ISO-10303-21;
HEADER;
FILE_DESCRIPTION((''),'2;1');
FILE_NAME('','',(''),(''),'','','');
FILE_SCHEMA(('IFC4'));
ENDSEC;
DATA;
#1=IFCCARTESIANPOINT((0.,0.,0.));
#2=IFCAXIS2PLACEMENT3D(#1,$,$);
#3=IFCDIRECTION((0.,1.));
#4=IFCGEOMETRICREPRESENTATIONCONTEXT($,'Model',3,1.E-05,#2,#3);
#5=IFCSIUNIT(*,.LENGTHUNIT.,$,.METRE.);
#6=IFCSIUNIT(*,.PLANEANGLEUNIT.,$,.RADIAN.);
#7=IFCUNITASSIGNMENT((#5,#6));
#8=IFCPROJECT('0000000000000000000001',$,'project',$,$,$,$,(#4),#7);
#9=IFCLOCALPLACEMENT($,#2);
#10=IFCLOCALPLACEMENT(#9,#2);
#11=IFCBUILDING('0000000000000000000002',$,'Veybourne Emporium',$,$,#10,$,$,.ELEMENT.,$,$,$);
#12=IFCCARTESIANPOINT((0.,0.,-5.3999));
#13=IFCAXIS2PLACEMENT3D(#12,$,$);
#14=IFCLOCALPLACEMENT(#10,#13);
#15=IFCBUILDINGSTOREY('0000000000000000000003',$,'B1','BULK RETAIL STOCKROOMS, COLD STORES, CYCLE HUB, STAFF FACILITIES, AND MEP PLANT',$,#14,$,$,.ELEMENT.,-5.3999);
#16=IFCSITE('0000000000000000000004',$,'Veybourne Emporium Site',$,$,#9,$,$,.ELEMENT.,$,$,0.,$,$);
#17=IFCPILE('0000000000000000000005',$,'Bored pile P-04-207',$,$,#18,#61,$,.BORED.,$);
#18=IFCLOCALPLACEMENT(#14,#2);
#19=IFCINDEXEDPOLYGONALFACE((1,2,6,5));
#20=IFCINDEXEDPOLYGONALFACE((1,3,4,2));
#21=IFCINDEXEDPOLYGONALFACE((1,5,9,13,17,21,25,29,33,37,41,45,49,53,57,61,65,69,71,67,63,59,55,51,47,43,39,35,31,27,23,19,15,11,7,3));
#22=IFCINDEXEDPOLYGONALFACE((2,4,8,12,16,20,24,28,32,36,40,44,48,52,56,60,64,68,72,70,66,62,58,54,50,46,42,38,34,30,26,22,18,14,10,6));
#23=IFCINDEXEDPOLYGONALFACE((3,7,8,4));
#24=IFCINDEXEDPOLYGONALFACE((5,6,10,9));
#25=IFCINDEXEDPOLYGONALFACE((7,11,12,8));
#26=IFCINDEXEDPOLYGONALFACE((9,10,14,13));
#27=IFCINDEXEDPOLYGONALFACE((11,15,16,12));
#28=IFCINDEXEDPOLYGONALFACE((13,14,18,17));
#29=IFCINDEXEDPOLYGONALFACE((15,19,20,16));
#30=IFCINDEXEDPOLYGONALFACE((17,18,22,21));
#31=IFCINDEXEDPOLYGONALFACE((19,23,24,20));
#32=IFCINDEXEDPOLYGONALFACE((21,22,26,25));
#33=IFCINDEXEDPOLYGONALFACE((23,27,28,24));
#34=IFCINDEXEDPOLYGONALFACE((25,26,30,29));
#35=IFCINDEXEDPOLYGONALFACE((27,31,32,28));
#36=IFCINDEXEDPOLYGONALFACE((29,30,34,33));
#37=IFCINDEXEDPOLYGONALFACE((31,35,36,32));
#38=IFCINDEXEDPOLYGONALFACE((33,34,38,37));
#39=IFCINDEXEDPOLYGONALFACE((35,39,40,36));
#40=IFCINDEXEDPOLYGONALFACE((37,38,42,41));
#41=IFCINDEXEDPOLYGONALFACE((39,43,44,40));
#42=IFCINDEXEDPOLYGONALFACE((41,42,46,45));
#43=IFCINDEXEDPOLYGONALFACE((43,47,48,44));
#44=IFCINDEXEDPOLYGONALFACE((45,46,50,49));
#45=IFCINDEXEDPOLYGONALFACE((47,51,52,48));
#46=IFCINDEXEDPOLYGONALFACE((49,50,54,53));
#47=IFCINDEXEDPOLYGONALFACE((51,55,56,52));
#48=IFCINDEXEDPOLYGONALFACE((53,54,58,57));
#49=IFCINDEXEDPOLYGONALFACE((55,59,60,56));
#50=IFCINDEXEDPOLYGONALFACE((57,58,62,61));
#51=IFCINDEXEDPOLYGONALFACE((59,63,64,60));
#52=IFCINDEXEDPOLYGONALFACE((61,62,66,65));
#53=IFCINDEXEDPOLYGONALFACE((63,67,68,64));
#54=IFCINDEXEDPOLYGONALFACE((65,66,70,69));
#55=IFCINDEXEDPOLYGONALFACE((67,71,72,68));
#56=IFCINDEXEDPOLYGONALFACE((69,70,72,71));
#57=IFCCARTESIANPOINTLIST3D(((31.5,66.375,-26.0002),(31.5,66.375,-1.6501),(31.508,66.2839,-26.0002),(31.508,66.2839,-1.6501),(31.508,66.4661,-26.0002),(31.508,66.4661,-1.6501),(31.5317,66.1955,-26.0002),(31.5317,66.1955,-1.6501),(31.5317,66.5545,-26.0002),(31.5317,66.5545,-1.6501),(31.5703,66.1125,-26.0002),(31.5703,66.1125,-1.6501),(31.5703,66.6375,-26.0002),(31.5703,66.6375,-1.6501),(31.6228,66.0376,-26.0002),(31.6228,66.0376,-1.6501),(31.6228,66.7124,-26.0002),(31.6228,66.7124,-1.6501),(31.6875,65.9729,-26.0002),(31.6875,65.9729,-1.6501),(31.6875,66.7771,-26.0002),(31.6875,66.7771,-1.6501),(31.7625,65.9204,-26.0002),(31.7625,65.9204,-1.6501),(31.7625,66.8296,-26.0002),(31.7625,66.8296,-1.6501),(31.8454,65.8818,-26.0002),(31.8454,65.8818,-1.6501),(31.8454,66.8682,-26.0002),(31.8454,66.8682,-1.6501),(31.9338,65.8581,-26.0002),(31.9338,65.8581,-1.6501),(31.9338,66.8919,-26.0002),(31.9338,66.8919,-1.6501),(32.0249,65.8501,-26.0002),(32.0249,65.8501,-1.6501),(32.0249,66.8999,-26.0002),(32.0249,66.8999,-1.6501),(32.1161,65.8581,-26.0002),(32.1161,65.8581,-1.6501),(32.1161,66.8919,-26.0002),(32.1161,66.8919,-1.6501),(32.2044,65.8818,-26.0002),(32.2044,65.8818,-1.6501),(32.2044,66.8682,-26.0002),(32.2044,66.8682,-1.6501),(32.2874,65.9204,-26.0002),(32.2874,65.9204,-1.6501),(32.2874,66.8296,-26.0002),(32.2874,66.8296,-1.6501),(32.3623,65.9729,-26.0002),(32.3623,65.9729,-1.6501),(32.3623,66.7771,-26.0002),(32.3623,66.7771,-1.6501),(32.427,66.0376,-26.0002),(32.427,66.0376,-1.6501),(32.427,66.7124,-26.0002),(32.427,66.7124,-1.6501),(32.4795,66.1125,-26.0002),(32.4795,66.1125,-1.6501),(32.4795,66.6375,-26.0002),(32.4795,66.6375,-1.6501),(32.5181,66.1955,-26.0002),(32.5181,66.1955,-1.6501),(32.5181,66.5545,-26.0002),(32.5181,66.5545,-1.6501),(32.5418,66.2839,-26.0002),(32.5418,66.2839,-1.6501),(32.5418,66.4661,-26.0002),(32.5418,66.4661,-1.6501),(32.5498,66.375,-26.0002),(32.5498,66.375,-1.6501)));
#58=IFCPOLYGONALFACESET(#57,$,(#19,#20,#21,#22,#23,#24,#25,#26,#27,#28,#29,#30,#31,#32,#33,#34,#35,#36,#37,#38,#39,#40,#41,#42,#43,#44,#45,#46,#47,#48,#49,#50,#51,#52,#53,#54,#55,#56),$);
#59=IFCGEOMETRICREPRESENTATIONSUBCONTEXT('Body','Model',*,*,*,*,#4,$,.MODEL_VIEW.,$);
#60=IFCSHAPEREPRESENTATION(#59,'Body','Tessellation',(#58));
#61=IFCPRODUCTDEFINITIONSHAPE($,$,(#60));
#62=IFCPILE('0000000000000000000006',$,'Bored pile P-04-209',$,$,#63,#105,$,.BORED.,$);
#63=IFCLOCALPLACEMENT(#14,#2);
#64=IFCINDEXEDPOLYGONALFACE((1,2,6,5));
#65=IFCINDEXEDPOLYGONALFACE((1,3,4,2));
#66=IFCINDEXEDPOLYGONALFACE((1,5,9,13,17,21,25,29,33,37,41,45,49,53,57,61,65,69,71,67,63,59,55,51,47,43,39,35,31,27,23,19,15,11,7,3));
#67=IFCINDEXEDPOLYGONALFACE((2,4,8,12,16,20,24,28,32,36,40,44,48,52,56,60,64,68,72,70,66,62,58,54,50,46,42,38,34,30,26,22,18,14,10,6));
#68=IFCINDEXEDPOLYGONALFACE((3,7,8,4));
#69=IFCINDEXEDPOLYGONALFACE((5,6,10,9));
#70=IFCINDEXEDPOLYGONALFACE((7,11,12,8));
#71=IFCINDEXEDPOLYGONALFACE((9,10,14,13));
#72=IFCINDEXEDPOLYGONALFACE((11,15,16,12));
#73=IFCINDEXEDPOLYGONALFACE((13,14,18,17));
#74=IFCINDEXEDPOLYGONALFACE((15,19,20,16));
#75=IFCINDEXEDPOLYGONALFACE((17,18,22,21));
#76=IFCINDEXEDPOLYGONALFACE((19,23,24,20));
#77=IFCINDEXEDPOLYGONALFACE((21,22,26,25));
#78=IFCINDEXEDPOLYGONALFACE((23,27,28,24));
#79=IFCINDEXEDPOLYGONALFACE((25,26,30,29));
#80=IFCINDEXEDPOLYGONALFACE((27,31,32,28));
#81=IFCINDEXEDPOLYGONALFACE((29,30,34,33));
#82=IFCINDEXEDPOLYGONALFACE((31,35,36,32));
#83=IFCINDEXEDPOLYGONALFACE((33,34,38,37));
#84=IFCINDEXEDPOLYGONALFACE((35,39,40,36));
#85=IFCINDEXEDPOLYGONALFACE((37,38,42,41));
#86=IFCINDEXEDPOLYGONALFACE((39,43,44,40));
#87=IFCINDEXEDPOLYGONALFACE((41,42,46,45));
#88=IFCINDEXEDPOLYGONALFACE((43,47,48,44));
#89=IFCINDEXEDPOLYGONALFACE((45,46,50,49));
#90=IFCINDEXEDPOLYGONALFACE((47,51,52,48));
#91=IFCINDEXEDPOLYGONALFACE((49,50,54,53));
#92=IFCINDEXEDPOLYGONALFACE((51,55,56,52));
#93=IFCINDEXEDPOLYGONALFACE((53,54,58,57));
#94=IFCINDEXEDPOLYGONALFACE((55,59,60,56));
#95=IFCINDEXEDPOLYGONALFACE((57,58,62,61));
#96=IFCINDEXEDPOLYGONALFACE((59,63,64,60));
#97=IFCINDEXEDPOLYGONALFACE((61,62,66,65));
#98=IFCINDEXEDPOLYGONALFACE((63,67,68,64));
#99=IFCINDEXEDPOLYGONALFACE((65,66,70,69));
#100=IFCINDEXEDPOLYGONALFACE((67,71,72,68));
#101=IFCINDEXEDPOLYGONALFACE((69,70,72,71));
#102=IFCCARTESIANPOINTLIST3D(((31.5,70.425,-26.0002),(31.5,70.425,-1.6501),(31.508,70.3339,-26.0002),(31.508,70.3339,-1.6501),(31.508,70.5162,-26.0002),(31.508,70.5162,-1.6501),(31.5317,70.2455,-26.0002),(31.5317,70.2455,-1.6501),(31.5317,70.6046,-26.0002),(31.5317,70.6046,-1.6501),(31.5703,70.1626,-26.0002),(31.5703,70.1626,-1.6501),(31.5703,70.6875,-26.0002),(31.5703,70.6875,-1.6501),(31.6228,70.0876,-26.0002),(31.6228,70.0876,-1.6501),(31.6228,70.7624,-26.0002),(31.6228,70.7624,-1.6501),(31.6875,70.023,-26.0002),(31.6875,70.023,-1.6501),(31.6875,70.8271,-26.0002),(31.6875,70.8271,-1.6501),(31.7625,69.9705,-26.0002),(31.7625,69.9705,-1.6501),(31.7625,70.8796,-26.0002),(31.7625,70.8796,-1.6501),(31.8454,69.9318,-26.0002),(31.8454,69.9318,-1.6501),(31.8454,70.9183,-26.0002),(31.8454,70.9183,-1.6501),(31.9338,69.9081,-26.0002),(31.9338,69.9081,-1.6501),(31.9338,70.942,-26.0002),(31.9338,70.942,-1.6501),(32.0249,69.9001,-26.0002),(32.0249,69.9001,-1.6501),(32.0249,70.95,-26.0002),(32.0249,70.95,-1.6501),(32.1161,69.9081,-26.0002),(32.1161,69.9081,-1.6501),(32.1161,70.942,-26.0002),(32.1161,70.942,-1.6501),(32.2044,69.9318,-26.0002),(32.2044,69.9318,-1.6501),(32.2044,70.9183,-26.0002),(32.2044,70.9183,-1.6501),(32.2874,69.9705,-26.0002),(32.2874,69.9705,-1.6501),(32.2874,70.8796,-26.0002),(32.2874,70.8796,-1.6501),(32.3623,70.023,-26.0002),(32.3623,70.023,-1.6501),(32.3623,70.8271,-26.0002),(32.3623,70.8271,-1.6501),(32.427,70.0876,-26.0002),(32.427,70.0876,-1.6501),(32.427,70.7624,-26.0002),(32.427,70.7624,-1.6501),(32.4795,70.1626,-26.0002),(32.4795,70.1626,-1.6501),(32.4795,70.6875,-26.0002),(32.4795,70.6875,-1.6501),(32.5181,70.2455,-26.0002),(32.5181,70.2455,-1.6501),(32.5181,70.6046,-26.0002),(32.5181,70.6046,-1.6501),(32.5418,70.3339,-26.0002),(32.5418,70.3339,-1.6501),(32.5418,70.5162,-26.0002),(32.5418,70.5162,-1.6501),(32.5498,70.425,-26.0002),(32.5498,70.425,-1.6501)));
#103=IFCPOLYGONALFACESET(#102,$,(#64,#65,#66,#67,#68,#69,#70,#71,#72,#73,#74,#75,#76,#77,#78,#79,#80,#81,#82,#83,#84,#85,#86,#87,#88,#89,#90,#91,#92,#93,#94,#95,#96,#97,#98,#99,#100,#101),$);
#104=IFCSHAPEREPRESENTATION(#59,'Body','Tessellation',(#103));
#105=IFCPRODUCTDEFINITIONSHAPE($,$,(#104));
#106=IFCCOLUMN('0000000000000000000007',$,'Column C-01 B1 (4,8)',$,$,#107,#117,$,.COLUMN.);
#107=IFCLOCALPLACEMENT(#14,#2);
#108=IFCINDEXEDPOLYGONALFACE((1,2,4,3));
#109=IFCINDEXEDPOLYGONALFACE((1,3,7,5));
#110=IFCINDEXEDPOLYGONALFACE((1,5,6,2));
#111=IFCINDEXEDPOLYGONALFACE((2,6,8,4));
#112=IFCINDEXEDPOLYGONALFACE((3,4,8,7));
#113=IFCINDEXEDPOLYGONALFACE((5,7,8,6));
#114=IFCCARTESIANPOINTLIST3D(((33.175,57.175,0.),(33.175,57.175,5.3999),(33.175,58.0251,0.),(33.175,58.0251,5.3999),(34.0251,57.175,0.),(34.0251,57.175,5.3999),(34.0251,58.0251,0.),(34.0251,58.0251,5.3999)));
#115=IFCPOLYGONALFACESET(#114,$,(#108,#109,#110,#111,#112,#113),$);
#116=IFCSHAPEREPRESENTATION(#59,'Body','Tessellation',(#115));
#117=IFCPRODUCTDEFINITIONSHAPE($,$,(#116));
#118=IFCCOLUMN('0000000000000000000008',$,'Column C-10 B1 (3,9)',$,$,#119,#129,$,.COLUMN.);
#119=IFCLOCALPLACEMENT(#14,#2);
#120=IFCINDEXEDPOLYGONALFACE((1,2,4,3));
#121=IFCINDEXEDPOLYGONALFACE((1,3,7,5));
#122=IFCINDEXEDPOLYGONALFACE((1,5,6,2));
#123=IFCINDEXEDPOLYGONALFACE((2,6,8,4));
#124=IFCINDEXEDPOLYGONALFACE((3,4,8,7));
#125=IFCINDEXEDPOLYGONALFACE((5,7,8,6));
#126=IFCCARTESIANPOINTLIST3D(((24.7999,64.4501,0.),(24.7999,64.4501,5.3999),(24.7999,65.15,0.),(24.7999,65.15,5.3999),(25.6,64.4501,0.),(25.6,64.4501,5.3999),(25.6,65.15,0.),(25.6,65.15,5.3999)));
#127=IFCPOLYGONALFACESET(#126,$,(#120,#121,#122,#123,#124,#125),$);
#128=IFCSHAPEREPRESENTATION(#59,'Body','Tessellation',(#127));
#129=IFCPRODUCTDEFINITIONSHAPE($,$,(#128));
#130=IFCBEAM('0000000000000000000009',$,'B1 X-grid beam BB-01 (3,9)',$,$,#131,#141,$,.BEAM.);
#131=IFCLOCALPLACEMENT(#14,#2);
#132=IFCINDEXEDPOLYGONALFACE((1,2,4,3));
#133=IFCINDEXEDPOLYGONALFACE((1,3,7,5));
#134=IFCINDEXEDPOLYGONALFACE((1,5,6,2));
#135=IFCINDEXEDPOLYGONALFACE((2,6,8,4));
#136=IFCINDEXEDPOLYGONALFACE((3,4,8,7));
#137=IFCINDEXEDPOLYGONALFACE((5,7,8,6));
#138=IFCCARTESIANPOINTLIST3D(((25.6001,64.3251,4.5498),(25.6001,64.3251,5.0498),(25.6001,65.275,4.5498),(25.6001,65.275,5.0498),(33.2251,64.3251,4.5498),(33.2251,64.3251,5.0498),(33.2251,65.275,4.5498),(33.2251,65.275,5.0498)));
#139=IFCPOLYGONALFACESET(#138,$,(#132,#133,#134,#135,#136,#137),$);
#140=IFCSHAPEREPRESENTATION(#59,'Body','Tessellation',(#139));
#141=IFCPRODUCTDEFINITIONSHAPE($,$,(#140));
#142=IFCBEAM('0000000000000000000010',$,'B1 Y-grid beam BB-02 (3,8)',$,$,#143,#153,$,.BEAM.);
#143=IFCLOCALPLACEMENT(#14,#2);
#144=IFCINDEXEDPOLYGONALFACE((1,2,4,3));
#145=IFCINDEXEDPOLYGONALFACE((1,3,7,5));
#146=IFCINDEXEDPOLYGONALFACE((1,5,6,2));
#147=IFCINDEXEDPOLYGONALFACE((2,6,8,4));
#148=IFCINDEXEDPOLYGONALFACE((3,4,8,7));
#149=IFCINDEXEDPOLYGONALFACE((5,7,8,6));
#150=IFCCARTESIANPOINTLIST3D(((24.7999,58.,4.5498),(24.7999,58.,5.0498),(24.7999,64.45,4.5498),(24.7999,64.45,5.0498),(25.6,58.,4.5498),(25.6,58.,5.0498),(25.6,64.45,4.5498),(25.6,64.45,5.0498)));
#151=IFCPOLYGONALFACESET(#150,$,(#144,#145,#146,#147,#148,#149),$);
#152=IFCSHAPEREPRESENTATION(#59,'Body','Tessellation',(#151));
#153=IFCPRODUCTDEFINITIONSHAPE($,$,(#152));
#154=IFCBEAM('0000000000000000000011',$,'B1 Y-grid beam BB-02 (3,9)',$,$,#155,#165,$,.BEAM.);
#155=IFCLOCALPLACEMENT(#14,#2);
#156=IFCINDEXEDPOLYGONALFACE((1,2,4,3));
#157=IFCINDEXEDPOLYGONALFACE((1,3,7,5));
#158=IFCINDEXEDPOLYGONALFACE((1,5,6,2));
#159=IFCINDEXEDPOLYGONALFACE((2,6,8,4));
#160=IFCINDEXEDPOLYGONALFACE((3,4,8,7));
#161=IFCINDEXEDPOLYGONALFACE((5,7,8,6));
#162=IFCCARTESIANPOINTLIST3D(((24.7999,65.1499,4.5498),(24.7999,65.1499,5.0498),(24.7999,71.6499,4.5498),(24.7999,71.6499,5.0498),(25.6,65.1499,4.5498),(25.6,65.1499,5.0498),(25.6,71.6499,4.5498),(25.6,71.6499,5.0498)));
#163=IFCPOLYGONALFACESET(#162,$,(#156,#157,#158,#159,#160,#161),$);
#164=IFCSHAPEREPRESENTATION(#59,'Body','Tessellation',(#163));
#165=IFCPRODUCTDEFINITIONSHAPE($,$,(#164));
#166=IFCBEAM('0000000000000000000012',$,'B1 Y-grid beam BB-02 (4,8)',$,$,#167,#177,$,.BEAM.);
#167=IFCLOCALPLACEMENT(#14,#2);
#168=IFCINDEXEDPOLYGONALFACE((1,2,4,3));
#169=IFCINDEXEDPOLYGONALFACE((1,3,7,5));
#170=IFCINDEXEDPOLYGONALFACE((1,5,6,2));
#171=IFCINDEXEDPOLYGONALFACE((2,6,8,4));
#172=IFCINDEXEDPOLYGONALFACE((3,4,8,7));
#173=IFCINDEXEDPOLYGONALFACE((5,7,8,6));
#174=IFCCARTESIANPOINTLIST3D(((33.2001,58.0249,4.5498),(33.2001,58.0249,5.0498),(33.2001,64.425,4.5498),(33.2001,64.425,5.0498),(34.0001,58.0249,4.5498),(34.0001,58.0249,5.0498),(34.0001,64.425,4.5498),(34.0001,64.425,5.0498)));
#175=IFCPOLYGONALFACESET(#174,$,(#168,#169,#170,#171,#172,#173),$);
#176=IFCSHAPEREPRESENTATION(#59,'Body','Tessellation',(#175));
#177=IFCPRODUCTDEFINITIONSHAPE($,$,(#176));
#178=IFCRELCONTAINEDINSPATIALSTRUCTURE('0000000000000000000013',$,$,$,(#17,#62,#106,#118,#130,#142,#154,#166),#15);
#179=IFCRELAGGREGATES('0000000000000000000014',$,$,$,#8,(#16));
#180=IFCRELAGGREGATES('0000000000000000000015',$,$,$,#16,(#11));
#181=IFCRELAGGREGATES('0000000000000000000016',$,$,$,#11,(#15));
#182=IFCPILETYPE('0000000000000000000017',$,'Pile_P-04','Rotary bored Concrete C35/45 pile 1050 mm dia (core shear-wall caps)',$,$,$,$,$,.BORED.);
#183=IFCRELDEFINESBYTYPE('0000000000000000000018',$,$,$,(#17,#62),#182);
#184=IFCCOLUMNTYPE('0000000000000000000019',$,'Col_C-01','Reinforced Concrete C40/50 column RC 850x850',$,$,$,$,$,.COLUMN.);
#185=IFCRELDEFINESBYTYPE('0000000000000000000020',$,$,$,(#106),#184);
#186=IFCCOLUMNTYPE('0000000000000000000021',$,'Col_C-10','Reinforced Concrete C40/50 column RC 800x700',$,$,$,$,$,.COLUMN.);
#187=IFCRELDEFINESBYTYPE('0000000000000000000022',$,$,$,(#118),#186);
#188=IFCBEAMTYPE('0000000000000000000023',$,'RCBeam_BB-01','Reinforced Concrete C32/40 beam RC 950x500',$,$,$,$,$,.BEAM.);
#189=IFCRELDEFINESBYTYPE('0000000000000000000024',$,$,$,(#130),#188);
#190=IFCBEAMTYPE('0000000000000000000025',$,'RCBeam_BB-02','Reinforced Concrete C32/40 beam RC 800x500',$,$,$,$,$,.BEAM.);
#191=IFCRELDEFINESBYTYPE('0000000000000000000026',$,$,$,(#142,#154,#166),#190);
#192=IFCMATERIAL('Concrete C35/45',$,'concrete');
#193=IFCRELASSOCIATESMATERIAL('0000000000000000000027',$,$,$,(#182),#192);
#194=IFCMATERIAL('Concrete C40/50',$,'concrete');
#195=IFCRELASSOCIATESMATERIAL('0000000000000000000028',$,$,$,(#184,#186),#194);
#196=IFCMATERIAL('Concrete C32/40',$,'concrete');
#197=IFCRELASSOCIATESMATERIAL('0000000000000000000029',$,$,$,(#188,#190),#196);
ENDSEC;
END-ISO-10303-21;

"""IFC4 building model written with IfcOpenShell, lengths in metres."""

from ifc_helpers import new_model, si_unit, direction, frame, origin, origin_2d, place, context, subcontext, project, spatial, rectangle, circle, extrude, material, material_profile, profile_set, type_object, element, save


model = new_model("IFC4")

# Units and contexts
model_context = context("Model", 3, precision=1e-05, world=origin(), true_north=direction((0.0, 1.0)))
body_context = subcontext(model_context, "Body", "Model", "MODEL_VIEW")
ifc_project = project(units=[si_unit("LENGTHUNIT", "METRE"), si_unit("PLANEANGLEUNIT", "RADIAN")], contexts=[model_context])

# Site, building, storey
site_placement = place(None, origin())
site = spatial("IfcSite", under=ifc_project, at=site_placement, Name="Veybourne Emporium Site", CompositionType="ELEMENT", RefElevation=0.0)
building_placement = place(site_placement, origin())
building = spatial("IfcBuilding", under=site, at=building_placement, Name="Veybourne Emporium", CompositionType="ELEMENT")
storey_placement = place(building_placement, frame((0.0, 0.0, -5.3999)))
storey = spatial("IfcBuildingStorey", under=building, at=storey_placement, Name="B1", Description="BULK RETAIL STOCKROOMS, COLD STORES, CYCLE HUB, STAFF FACILITIES, AND MEP PLANT", CompositionType="ELEMENT", Elevation=-5.3999)

# Shared definitions
ifc_material_1 = material(Name="Concrete C35/45", Category="concrete")

# Piles
ifc_material_profile_1 = material_profile(ifc_material_1, circle(Radius=0.5249, at=origin_2d()), Name="BORED PILE 1050")
ifc_profile_set_1 = profile_set([ifc_material_profile_1], Name="Concrete C35/45")
pile_type_1 = type_object("IfcPileType", Name="Pile_P-04", Description="Rotary bored Concrete C35/45 pile 1050 mm dia (core shear-wall caps)", PredefinedType="BORED", material=ifc_profile_set_1)
for number, where, z_axis, x_axis, name in (
    (1, (32.0249, 66.375, -1.6501), (0.0, 0.0, -1.0), (1.0, 0.0, 0.0), "Bored pile P-04-207"),
    (2, (32.0249, 70.425, -1.6501), (0.0, 0.0, -1.0), (1.0, 0.0, 0.0), "Bored pile P-04-209"),
):
    element("IfcPile", number, at=place(storey_placement, frame(where, z_axis=z_axis, x_axis=x_axis)), inside=storey, type_object=pile_type_1, Name=name, PredefinedType="BORED", context=body_context, shape_type="SweptSolid", body=[
        extrude(circle(Radius=0.5249, at=origin_2d()), origin(), (0.0, 0.0, 1.0), 24.3501),
    ])

# Columns
ifc_material_2 = material(Name="Concrete C40/50", Category="concrete")
ifc_material_profile_2 = material_profile(ifc_material_2, rectangle(XDim=0.8501, YDim=0.8501, at=origin_2d()), Name="RC 850x850")
ifc_profile_set_2 = profile_set([ifc_material_profile_2], Name="Concrete C40/50")
column_type_1 = type_object("IfcColumnType", Name="Col_C-01", Description="Reinforced Concrete C40/50 column RC 850x850", PredefinedType="COLUMN", material=ifc_profile_set_2)
column_1_placement = place(storey_placement, frame((33.6001, 57.6001, 0.0), z_axis=(0.0, 0.0, 1.0), x_axis=(1.0, 0.0, 0.0)))
element("IfcColumn", 3, at=column_1_placement, inside=storey, type_object=column_type_1, Name="Column C-01 B1 (4,8)", PredefinedType="COLUMN", context=body_context, shape_type="SweptSolid", body=[
    extrude(rectangle(XDim=0.8501, YDim=0.8501, at=origin_2d()), origin(), (0.0, 0.0, 1.0), 5.3999),
])
ifc_material_profile_3 = material_profile(ifc_material_2, rectangle(XDim=0.8, YDim=0.7, at=origin_2d()), Name="RC 800x700")
ifc_profile_set_3 = profile_set([ifc_material_profile_3], Name="Concrete C40/50")
column_type_2 = type_object("IfcColumnType", Name="Col_C-10", Description="Reinforced Concrete C40/50 column RC 800x700", PredefinedType="COLUMN", material=ifc_profile_set_3)
column_2_placement = place(storey_placement, frame((25.2, 64.8, 0.0), z_axis=(0.0, 0.0, 1.0), x_axis=(1.0, 0.0, 0.0)))
element("IfcColumn", 4, at=column_2_placement, inside=storey, type_object=column_type_2, Name="Column C-10 B1 (3,9)", PredefinedType="COLUMN", context=body_context, shape_type="SweptSolid", body=[
    extrude(rectangle(XDim=0.8, YDim=0.7, at=origin_2d()), origin(), (0.0, 0.0, 1.0), 5.3999),
])

# Beams
ifc_material_3 = material(Name="Concrete C32/40", Category="concrete")
ifc_material_profile_4 = material_profile(ifc_material_3, rectangle(XDim=0.95, YDim=0.5, at=origin_2d()), Name="RC 950x500")
ifc_profile_set_4 = profile_set([ifc_material_profile_4], Name="Concrete C32/40")
beam_type_1 = type_object("IfcBeamType", Name="RCBeam_BB-01", Description="Reinforced Concrete C32/40 beam RC 950x500", PredefinedType="BEAM", material=ifc_profile_set_4)
beam_1_placement = place(storey_placement, frame((25.6001, 64.8, 4.7998), z_axis=(1.0, 0.0, 0.0), x_axis=(0.0, 1.0, 0.0)))
element("IfcBeam", 5, at=beam_1_placement, inside=storey, type_object=beam_type_1, Name="B1 X-grid beam BB-01 (3,9)", PredefinedType="BEAM", context=body_context, shape_type="SweptSolid", body=[
    extrude(rectangle(XDim=0.95, YDim=0.5, at=origin_2d()), origin(), (0.0, 0.0, 1.0), 7.625),
])
ifc_material_profile_5 = material_profile(ifc_material_3, rectangle(XDim=0.8, YDim=0.5, at=origin_2d()), Name="RC 800x500")
ifc_profile_set_5 = profile_set([ifc_material_profile_5], Name="Concrete C32/40")
beam_type_2 = type_object("IfcBeamType", Name="RCBeam_BB-02", Description="Reinforced Concrete C32/40 beam RC 800x500", PredefinedType="BEAM", material=ifc_profile_set_5)
beam_2_placement = place(storey_placement, frame((25.2, 58.0, 4.7998), z_axis=(0.0, 1.0, 0.0), x_axis=(-1.0, 0.0, 0.0)))
element("IfcBeam", 6, at=beam_2_placement, inside=storey, type_object=beam_type_2, Name="B1 Y-grid beam BB-02 (3,8)", PredefinedType="BEAM", context=body_context, shape_type="SweptSolid", body=[
    extrude(rectangle(XDim=0.8, YDim=0.5, at=origin_2d()), origin(), (0.0, 0.0, 1.0), 6.45),
])
beam_3_placement = place(storey_placement, frame((25.2, 65.1499, 4.7998), z_axis=(0.0, 1.0, 0.0), x_axis=(-1.0, 0.0, 0.0)))
element("IfcBeam", 7, at=beam_3_placement, inside=storey, type_object=beam_type_2, Name="B1 Y-grid beam BB-02 (3,9)", PredefinedType="BEAM", context=body_context, shape_type="SweptSolid", body=[
    extrude(rectangle(XDim=0.8, YDim=0.5, at=origin_2d()), origin(), (0.0, 0.0, 1.0), 6.5),
])
beam_4_placement = place(storey_placement, frame((33.6001, 58.0249, 4.7998), z_axis=(0.0, 1.0, 0.0), x_axis=(-1.0, 0.0, 0.0)))
element("IfcBeam", 8, at=beam_4_placement, inside=storey, type_object=beam_type_2, Name="B1 Y-grid beam BB-02 (4,8)", PredefinedType="BEAM", context=body_context, shape_type="SweptSolid", body=[
    extrude(rectangle(XDim=0.8, YDim=0.5, at=origin_2d()), origin(), (0.0, 0.0, 1.0), 6.4001),
])

save(model, "model.ifc")
